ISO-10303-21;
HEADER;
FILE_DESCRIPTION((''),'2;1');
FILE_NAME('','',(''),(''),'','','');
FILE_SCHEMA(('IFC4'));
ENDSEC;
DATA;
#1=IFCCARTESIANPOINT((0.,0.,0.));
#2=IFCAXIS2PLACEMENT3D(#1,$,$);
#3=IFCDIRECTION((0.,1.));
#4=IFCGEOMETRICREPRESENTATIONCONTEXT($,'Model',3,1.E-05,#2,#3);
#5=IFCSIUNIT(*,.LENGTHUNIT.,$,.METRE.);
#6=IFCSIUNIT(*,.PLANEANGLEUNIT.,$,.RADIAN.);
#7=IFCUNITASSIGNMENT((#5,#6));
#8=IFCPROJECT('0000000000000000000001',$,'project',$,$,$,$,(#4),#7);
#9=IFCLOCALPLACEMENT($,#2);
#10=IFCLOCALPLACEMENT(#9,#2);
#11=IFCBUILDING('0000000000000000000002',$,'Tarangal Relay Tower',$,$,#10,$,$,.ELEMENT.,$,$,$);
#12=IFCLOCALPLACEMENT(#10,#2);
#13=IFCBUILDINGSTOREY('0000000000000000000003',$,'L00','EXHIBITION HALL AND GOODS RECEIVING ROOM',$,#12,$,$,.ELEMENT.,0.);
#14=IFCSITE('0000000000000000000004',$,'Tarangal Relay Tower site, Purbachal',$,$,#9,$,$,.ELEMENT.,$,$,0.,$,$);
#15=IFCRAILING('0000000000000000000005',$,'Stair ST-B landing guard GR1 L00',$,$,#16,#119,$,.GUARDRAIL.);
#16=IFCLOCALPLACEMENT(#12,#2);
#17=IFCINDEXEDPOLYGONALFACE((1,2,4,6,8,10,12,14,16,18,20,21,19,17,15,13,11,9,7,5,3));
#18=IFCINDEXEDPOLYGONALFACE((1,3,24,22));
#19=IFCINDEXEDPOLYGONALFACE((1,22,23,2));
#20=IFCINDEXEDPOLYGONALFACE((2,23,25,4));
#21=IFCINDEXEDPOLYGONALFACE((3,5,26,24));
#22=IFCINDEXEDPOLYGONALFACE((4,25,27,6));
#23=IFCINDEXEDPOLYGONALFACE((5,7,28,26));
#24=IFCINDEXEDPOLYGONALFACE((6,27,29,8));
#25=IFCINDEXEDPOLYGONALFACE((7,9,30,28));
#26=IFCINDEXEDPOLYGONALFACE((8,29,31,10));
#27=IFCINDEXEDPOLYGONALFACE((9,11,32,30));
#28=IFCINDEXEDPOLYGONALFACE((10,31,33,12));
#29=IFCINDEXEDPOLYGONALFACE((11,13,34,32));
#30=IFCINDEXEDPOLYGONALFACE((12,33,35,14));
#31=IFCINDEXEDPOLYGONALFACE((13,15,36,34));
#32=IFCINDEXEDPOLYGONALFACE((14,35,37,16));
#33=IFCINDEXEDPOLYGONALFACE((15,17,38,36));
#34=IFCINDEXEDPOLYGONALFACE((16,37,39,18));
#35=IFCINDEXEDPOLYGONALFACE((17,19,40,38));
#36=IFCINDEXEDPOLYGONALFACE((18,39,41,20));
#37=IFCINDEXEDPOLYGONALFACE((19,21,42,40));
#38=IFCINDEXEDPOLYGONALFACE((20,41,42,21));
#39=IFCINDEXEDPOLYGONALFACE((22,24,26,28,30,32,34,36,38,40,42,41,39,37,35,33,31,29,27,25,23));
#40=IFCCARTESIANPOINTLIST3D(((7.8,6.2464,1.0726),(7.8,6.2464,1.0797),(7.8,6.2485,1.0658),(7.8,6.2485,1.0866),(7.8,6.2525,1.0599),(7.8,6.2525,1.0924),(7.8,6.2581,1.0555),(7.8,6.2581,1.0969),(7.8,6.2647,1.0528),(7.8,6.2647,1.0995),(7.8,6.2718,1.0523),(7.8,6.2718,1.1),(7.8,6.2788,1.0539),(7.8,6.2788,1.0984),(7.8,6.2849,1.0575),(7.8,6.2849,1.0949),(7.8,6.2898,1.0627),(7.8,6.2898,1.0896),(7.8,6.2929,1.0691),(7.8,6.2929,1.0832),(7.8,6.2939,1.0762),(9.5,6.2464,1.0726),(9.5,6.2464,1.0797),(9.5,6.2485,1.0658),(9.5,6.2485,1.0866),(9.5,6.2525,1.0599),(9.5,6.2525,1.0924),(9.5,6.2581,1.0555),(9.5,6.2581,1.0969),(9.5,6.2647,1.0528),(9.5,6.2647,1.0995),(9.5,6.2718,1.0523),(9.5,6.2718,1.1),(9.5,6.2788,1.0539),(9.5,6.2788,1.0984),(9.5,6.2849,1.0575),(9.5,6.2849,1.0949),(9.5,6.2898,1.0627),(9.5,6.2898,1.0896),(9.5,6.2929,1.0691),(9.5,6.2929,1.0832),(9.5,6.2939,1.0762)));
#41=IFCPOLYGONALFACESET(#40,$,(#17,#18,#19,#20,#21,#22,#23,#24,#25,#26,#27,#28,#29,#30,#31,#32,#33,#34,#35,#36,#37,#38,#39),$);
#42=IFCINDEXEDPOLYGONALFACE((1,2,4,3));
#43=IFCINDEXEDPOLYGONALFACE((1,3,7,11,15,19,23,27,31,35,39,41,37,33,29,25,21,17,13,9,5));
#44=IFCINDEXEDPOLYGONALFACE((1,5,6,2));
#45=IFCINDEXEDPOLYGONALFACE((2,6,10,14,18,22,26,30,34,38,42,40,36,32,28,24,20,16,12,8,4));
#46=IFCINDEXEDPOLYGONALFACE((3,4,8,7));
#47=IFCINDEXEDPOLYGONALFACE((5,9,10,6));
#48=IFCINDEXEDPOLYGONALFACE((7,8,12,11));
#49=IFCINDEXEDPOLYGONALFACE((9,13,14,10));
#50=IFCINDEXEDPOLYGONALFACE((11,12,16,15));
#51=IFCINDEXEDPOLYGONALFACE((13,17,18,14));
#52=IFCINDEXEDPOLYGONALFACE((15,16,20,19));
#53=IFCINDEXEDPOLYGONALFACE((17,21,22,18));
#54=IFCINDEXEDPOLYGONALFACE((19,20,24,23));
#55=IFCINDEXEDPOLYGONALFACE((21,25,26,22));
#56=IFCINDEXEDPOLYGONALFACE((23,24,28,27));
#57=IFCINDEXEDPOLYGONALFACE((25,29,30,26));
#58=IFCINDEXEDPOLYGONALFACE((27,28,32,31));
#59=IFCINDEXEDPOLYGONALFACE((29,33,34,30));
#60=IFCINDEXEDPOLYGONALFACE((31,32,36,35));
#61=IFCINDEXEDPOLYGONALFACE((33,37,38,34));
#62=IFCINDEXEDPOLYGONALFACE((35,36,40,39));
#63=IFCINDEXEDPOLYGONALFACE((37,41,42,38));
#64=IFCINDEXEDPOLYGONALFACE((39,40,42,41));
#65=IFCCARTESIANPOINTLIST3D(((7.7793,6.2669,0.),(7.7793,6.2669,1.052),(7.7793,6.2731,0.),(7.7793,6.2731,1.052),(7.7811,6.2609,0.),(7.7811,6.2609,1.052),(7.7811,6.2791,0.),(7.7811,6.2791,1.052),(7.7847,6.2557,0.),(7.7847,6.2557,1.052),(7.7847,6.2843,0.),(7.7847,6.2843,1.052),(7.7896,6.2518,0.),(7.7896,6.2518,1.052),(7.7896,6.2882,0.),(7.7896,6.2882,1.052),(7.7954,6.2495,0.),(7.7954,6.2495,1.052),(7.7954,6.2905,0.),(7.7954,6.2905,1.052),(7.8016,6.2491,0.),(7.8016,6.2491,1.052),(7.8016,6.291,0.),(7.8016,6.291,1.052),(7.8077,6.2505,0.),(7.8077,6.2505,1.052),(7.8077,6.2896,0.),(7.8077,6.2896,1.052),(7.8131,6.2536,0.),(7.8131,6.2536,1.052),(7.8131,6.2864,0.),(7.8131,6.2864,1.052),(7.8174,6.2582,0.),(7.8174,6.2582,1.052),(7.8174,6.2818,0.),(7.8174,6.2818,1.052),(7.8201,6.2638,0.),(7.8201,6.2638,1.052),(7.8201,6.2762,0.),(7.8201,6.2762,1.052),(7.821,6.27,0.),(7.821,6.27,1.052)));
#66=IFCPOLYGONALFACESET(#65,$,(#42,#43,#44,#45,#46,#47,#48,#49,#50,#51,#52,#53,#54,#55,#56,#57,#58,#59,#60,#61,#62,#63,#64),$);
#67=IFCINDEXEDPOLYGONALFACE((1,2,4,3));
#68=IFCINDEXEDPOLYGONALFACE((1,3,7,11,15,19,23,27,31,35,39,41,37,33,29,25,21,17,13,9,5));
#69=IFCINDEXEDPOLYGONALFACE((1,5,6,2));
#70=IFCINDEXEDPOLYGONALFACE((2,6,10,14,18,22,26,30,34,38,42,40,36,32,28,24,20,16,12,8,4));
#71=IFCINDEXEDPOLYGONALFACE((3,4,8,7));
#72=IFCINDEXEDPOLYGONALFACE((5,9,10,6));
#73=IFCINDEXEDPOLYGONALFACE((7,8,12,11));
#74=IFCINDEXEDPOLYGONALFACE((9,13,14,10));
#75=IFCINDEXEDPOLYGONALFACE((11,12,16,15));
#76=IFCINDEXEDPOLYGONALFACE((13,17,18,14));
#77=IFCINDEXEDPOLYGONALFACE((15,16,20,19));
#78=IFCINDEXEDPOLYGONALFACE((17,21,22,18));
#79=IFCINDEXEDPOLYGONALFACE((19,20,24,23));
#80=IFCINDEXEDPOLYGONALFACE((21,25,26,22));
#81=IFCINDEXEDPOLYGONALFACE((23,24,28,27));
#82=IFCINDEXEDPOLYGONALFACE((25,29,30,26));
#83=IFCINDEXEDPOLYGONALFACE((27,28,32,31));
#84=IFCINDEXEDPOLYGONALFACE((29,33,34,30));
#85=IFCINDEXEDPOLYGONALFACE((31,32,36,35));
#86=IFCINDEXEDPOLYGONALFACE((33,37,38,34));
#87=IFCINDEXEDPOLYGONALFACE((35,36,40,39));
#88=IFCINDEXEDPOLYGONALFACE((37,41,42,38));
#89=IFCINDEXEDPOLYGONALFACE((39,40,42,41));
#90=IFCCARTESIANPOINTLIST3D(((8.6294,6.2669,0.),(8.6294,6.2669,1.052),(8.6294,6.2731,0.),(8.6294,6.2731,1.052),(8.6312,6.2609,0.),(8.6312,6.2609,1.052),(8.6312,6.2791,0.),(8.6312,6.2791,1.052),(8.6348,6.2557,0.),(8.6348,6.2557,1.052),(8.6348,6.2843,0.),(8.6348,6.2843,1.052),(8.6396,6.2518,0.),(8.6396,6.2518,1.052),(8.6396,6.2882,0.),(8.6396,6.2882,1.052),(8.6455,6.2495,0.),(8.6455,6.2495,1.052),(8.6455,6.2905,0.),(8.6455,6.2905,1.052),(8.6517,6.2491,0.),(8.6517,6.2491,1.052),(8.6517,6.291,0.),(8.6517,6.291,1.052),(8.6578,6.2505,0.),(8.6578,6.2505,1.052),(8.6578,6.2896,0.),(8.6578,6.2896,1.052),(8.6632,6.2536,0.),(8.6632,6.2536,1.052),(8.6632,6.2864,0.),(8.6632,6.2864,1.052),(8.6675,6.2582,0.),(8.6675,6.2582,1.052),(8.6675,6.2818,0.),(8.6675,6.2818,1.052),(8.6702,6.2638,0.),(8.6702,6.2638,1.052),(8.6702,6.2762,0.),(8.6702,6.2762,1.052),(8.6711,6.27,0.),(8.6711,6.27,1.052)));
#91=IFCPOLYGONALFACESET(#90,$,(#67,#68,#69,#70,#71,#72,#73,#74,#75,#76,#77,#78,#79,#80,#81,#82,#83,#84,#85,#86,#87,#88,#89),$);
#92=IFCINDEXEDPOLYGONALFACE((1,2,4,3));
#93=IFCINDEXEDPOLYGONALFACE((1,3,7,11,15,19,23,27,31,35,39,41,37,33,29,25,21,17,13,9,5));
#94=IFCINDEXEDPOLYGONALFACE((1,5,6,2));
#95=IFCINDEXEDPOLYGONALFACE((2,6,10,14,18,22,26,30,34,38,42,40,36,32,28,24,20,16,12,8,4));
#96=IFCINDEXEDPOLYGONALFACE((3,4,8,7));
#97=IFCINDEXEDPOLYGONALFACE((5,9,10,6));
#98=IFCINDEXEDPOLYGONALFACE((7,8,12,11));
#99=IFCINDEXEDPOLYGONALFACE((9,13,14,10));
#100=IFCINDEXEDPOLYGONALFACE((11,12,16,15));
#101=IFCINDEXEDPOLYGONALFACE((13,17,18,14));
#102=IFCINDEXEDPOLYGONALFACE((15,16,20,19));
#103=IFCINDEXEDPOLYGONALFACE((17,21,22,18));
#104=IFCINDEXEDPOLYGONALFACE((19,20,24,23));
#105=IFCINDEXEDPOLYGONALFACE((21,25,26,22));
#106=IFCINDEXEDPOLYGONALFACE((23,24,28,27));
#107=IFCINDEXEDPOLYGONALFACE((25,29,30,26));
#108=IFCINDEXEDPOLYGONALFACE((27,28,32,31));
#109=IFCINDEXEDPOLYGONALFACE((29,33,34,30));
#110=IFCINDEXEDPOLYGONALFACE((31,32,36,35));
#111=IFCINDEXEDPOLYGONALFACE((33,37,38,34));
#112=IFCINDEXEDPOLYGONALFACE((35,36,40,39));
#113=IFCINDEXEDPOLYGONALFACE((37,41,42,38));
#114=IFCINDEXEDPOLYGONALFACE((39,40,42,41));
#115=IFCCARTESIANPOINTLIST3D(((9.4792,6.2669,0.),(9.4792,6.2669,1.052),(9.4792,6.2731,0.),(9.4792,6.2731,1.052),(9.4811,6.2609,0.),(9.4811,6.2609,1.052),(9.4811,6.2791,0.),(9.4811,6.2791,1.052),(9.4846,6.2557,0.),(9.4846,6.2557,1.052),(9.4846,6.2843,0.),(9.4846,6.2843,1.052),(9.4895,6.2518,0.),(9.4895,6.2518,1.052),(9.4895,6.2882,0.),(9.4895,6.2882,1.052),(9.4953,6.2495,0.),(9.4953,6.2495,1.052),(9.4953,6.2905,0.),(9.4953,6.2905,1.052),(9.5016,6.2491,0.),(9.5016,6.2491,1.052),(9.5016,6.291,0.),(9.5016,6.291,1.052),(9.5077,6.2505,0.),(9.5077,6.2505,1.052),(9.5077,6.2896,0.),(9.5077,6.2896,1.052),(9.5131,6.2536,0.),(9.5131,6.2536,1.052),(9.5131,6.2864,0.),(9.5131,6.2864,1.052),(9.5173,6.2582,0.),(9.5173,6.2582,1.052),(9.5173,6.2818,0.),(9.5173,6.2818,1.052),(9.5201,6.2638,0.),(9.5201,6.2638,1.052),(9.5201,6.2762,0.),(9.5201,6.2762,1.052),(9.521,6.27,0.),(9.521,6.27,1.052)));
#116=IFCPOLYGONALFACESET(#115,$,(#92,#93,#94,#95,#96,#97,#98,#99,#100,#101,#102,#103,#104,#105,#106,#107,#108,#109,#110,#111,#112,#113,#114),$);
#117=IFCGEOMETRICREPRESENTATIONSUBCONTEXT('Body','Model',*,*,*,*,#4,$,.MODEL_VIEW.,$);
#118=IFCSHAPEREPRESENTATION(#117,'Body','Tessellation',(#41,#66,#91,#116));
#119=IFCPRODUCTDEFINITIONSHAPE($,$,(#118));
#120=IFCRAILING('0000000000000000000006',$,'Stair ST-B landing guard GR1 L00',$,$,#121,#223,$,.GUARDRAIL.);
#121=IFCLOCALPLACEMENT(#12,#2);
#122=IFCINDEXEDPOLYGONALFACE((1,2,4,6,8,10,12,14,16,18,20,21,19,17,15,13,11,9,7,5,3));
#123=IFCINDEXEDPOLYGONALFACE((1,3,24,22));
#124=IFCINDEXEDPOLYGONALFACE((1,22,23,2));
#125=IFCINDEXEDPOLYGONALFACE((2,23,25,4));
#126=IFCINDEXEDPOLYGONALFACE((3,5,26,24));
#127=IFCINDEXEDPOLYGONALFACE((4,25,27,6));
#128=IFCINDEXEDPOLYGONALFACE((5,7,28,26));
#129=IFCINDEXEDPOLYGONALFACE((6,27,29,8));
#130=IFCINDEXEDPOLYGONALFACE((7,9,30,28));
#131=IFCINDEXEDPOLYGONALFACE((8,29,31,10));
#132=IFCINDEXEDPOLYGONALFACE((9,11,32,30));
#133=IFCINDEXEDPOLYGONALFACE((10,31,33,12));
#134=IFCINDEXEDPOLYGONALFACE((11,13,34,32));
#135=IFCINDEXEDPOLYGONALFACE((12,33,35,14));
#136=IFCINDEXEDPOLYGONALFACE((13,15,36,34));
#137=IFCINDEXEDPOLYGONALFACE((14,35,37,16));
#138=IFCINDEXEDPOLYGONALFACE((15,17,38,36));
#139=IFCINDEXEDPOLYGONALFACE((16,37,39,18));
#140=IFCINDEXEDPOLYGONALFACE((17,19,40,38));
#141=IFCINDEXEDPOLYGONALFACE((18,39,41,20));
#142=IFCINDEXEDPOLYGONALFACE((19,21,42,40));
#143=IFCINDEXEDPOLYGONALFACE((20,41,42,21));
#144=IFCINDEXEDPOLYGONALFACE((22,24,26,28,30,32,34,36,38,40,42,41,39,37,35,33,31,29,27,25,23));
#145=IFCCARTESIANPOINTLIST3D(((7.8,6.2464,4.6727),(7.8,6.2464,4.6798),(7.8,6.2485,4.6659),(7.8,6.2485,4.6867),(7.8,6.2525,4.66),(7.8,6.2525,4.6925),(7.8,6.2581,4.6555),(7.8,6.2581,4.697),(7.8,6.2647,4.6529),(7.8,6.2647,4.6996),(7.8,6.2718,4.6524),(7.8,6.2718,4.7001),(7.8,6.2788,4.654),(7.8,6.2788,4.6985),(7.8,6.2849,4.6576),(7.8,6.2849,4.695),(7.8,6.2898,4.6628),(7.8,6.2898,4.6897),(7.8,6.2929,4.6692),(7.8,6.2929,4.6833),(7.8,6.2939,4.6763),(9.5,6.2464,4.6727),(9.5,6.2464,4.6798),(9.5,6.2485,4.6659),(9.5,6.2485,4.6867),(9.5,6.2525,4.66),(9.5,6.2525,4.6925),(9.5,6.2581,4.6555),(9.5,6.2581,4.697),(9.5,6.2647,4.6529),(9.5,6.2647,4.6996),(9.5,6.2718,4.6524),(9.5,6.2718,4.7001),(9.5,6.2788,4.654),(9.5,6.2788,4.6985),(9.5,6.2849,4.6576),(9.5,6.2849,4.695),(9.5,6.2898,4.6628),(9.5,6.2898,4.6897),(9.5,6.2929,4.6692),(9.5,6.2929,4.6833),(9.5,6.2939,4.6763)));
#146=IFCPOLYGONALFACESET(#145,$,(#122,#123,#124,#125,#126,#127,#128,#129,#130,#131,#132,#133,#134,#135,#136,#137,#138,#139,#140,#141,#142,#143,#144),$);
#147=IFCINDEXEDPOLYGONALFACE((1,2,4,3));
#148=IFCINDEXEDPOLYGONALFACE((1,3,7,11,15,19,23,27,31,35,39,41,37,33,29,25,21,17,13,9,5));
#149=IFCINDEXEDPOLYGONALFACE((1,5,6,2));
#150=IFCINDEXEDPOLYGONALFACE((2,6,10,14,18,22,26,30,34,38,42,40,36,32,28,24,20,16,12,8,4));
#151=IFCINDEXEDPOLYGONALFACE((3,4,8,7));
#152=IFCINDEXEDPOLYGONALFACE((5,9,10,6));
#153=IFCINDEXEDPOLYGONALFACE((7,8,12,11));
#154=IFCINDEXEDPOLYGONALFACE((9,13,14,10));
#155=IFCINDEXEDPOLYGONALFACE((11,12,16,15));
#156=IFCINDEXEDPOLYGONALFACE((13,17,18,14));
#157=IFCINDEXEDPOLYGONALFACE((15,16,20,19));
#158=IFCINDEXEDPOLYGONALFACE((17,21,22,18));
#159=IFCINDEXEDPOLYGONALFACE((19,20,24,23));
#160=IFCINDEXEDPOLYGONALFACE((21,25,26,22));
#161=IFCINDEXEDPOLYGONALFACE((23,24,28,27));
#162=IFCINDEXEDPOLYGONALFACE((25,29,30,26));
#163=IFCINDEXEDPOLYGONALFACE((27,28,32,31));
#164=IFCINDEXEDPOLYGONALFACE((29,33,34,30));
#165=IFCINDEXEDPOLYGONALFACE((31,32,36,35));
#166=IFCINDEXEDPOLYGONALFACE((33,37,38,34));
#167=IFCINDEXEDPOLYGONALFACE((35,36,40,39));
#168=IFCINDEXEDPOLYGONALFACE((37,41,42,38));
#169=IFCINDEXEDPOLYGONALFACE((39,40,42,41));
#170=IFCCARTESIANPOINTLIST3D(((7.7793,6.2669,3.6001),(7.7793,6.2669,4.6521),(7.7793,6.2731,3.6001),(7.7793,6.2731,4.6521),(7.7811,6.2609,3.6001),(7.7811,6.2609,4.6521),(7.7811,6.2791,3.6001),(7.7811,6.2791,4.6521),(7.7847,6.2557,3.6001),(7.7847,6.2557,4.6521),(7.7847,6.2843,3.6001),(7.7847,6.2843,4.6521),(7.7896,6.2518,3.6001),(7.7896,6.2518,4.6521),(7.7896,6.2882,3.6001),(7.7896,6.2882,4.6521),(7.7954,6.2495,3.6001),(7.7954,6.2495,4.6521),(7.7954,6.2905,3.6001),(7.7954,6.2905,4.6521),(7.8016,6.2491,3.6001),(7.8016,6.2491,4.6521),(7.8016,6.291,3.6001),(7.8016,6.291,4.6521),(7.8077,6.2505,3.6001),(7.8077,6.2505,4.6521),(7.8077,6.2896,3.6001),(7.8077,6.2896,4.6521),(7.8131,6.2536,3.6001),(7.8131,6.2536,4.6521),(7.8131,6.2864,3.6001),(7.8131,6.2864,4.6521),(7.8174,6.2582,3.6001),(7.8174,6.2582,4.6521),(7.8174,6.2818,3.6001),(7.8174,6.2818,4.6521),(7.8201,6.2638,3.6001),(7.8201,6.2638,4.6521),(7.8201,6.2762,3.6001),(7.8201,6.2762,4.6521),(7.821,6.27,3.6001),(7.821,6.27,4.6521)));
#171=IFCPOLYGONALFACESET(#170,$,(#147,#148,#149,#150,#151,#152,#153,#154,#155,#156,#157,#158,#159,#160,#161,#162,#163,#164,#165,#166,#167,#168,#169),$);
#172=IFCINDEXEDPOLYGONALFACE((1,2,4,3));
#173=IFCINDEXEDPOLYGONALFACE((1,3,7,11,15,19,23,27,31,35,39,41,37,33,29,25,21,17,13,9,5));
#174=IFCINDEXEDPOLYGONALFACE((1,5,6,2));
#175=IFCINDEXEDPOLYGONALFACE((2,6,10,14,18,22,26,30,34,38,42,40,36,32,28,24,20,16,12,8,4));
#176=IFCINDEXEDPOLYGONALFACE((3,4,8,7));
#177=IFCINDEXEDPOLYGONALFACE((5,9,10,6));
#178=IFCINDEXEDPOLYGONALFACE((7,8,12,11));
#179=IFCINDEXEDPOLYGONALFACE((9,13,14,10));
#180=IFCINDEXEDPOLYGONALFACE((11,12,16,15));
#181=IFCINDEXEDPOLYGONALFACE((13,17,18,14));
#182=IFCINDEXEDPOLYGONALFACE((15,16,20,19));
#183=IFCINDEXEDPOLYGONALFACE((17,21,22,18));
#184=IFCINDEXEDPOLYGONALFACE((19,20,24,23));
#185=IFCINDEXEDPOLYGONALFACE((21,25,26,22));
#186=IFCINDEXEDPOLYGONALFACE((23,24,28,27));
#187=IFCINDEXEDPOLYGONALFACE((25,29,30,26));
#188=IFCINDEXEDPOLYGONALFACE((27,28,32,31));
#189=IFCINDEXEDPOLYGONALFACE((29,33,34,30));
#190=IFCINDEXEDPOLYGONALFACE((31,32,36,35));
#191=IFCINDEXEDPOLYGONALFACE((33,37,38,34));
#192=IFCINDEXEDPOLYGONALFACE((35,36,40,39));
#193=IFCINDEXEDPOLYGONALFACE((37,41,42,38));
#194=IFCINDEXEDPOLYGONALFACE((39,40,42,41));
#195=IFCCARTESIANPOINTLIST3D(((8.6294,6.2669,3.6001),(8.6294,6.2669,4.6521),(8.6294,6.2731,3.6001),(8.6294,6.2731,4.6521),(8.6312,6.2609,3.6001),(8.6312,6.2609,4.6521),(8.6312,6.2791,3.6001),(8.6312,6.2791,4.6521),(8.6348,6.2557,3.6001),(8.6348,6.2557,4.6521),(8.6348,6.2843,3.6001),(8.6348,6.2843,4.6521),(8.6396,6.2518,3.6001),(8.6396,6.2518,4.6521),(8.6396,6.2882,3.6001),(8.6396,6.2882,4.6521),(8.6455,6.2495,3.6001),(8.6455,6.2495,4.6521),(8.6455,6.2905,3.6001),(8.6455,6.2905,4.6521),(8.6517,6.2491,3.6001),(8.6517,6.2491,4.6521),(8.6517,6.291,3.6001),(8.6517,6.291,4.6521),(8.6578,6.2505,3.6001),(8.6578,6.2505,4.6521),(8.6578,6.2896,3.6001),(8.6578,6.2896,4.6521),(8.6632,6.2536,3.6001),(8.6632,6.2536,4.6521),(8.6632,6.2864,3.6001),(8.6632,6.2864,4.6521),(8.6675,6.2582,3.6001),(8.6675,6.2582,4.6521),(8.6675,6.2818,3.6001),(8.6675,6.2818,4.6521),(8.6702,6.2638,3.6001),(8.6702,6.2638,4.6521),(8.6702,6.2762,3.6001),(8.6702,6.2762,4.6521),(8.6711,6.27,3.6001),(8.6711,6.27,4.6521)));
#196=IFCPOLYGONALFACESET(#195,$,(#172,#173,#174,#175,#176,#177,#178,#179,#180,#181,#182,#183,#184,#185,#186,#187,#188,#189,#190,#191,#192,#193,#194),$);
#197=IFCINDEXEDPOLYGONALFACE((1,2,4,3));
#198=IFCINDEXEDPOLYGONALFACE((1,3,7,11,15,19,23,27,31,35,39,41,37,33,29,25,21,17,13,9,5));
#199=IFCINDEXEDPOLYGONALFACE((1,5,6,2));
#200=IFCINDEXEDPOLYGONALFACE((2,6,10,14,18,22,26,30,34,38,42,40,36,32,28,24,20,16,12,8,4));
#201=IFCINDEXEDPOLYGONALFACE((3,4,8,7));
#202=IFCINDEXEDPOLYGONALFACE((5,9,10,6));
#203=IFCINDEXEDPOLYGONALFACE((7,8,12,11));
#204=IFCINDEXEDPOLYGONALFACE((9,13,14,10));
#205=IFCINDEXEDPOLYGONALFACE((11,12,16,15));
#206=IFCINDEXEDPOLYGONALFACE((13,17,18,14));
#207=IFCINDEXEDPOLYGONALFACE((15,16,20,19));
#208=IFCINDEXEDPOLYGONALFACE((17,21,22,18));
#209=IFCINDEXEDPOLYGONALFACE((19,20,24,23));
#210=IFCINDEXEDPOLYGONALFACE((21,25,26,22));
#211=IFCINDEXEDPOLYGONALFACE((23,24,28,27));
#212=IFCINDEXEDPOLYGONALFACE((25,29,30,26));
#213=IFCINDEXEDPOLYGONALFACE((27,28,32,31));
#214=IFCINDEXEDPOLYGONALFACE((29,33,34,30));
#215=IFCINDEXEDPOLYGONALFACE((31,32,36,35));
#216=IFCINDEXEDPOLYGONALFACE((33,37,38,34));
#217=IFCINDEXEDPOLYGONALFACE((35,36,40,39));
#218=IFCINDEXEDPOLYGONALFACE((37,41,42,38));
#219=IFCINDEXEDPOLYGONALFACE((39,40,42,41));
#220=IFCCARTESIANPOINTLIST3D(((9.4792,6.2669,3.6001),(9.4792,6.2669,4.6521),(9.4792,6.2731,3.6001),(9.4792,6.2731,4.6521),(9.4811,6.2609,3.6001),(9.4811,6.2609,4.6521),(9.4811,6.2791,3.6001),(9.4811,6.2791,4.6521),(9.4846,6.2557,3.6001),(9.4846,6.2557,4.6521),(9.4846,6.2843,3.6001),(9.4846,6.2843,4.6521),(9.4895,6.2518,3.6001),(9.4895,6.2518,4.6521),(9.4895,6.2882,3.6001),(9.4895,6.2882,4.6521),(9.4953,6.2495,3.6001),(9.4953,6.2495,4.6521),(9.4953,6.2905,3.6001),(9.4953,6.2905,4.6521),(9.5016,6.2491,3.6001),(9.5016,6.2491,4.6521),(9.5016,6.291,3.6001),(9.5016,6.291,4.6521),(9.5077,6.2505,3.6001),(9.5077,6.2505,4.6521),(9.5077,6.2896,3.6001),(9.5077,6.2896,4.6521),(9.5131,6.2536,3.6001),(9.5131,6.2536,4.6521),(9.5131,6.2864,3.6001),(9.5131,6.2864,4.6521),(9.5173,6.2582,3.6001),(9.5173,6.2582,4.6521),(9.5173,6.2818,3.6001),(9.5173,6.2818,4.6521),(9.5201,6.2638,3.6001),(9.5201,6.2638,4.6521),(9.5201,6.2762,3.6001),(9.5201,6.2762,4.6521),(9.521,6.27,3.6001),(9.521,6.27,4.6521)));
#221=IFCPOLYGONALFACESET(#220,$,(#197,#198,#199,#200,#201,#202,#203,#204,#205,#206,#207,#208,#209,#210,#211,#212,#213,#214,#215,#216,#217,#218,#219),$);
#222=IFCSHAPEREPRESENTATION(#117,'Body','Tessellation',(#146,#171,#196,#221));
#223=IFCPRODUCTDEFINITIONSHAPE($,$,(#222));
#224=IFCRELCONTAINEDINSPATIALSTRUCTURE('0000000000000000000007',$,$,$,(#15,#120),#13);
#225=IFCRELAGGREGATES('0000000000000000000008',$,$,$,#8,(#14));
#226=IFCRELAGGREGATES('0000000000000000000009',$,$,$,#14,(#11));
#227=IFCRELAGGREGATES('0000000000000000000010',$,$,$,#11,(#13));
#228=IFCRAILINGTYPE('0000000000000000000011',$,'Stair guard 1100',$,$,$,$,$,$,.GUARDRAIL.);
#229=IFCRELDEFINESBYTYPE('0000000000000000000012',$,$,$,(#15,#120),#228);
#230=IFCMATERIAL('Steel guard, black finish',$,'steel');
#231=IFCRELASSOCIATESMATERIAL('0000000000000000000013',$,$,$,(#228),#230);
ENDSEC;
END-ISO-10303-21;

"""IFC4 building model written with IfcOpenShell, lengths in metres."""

from ifc_helpers import new_model, si_unit, direction, frame, origin, origin_2d, place, context, subcontext, project, spatial, circle, extrude, material, type_object, element, save


model = new_model("IFC4")

# Units and contexts
model_context = context("Model", 3, precision=1e-05, world=origin(), true_north=direction((0.0, 1.0)))
body_context = subcontext(model_context, "Body", "Model", "MODEL_VIEW")
ifc_project = project(units=[si_unit("LENGTHUNIT", "METRE"), si_unit("PLANEANGLEUNIT", "RADIAN")], contexts=[model_context])

# Site, building, storey
site_placement = place(None, origin())
site = spatial("IfcSite", under=ifc_project, at=site_placement, Name="Tarangal Relay Tower site, Purbachal", CompositionType="ELEMENT", RefElevation=0.0)
building_placement = place(site_placement, origin())
building = spatial("IfcBuilding", under=site, at=building_placement, Name="Tarangal Relay Tower", CompositionType="ELEMENT")
storey_placement = place(building_placement, origin())
storey = spatial("IfcBuildingStorey", under=building, at=storey_placement, Name="L00", Description="EXHIBITION HALL AND GOODS RECEIVING ROOM", CompositionType="ELEMENT", Elevation=0.0)

# Railings
ifc_material_1 = material(Name="Steel guard, black finish", Category="steel")
railing_type = type_object("IfcRailingType", Name="Stair guard 1100", PredefinedType="GUARDRAIL", material=ifc_material_1)
for number, where, name in (
    (1, (7.8, 6.27, 0.0), "Stair ST-B landing guard GR1 L00"),
    (2, (7.8, 6.27, 3.6001), "Stair ST-B landing guard GR1 L00"),
):
    element("IfcRailing", number, at=place(storey_placement, frame(where)), inside=storey, type_object=railing_type, Name=name, PredefinedType="GUARDRAIL", context=body_context, shape_type="SweptSolid", body=[
        extrude(circle(Radius=0.0239, at=origin_2d()), frame((0.0, 0.0, 1.0762), z_axis=(1.0, 0.0, 0.0), x_axis=(0.0, 1.0, 0.0)), (0.0, 0.0, 1.0), 1.7),
        extrude(circle(Radius=0.021, at=origin_2d()), origin(), (0.0, 0.0, 1.0), 1.052),
        extrude(circle(Radius=0.021, at=origin_2d()), frame((0.8501, 0.0, 0.0)), (0.0, 0.0, 1.0), 1.052),
        extrude(circle(Radius=0.021, at=origin_2d()), frame((1.7, 0.0, 0.0)), (0.0, 0.0, 1.0), 1.052),
    ])

save(model, "model.ifc")
